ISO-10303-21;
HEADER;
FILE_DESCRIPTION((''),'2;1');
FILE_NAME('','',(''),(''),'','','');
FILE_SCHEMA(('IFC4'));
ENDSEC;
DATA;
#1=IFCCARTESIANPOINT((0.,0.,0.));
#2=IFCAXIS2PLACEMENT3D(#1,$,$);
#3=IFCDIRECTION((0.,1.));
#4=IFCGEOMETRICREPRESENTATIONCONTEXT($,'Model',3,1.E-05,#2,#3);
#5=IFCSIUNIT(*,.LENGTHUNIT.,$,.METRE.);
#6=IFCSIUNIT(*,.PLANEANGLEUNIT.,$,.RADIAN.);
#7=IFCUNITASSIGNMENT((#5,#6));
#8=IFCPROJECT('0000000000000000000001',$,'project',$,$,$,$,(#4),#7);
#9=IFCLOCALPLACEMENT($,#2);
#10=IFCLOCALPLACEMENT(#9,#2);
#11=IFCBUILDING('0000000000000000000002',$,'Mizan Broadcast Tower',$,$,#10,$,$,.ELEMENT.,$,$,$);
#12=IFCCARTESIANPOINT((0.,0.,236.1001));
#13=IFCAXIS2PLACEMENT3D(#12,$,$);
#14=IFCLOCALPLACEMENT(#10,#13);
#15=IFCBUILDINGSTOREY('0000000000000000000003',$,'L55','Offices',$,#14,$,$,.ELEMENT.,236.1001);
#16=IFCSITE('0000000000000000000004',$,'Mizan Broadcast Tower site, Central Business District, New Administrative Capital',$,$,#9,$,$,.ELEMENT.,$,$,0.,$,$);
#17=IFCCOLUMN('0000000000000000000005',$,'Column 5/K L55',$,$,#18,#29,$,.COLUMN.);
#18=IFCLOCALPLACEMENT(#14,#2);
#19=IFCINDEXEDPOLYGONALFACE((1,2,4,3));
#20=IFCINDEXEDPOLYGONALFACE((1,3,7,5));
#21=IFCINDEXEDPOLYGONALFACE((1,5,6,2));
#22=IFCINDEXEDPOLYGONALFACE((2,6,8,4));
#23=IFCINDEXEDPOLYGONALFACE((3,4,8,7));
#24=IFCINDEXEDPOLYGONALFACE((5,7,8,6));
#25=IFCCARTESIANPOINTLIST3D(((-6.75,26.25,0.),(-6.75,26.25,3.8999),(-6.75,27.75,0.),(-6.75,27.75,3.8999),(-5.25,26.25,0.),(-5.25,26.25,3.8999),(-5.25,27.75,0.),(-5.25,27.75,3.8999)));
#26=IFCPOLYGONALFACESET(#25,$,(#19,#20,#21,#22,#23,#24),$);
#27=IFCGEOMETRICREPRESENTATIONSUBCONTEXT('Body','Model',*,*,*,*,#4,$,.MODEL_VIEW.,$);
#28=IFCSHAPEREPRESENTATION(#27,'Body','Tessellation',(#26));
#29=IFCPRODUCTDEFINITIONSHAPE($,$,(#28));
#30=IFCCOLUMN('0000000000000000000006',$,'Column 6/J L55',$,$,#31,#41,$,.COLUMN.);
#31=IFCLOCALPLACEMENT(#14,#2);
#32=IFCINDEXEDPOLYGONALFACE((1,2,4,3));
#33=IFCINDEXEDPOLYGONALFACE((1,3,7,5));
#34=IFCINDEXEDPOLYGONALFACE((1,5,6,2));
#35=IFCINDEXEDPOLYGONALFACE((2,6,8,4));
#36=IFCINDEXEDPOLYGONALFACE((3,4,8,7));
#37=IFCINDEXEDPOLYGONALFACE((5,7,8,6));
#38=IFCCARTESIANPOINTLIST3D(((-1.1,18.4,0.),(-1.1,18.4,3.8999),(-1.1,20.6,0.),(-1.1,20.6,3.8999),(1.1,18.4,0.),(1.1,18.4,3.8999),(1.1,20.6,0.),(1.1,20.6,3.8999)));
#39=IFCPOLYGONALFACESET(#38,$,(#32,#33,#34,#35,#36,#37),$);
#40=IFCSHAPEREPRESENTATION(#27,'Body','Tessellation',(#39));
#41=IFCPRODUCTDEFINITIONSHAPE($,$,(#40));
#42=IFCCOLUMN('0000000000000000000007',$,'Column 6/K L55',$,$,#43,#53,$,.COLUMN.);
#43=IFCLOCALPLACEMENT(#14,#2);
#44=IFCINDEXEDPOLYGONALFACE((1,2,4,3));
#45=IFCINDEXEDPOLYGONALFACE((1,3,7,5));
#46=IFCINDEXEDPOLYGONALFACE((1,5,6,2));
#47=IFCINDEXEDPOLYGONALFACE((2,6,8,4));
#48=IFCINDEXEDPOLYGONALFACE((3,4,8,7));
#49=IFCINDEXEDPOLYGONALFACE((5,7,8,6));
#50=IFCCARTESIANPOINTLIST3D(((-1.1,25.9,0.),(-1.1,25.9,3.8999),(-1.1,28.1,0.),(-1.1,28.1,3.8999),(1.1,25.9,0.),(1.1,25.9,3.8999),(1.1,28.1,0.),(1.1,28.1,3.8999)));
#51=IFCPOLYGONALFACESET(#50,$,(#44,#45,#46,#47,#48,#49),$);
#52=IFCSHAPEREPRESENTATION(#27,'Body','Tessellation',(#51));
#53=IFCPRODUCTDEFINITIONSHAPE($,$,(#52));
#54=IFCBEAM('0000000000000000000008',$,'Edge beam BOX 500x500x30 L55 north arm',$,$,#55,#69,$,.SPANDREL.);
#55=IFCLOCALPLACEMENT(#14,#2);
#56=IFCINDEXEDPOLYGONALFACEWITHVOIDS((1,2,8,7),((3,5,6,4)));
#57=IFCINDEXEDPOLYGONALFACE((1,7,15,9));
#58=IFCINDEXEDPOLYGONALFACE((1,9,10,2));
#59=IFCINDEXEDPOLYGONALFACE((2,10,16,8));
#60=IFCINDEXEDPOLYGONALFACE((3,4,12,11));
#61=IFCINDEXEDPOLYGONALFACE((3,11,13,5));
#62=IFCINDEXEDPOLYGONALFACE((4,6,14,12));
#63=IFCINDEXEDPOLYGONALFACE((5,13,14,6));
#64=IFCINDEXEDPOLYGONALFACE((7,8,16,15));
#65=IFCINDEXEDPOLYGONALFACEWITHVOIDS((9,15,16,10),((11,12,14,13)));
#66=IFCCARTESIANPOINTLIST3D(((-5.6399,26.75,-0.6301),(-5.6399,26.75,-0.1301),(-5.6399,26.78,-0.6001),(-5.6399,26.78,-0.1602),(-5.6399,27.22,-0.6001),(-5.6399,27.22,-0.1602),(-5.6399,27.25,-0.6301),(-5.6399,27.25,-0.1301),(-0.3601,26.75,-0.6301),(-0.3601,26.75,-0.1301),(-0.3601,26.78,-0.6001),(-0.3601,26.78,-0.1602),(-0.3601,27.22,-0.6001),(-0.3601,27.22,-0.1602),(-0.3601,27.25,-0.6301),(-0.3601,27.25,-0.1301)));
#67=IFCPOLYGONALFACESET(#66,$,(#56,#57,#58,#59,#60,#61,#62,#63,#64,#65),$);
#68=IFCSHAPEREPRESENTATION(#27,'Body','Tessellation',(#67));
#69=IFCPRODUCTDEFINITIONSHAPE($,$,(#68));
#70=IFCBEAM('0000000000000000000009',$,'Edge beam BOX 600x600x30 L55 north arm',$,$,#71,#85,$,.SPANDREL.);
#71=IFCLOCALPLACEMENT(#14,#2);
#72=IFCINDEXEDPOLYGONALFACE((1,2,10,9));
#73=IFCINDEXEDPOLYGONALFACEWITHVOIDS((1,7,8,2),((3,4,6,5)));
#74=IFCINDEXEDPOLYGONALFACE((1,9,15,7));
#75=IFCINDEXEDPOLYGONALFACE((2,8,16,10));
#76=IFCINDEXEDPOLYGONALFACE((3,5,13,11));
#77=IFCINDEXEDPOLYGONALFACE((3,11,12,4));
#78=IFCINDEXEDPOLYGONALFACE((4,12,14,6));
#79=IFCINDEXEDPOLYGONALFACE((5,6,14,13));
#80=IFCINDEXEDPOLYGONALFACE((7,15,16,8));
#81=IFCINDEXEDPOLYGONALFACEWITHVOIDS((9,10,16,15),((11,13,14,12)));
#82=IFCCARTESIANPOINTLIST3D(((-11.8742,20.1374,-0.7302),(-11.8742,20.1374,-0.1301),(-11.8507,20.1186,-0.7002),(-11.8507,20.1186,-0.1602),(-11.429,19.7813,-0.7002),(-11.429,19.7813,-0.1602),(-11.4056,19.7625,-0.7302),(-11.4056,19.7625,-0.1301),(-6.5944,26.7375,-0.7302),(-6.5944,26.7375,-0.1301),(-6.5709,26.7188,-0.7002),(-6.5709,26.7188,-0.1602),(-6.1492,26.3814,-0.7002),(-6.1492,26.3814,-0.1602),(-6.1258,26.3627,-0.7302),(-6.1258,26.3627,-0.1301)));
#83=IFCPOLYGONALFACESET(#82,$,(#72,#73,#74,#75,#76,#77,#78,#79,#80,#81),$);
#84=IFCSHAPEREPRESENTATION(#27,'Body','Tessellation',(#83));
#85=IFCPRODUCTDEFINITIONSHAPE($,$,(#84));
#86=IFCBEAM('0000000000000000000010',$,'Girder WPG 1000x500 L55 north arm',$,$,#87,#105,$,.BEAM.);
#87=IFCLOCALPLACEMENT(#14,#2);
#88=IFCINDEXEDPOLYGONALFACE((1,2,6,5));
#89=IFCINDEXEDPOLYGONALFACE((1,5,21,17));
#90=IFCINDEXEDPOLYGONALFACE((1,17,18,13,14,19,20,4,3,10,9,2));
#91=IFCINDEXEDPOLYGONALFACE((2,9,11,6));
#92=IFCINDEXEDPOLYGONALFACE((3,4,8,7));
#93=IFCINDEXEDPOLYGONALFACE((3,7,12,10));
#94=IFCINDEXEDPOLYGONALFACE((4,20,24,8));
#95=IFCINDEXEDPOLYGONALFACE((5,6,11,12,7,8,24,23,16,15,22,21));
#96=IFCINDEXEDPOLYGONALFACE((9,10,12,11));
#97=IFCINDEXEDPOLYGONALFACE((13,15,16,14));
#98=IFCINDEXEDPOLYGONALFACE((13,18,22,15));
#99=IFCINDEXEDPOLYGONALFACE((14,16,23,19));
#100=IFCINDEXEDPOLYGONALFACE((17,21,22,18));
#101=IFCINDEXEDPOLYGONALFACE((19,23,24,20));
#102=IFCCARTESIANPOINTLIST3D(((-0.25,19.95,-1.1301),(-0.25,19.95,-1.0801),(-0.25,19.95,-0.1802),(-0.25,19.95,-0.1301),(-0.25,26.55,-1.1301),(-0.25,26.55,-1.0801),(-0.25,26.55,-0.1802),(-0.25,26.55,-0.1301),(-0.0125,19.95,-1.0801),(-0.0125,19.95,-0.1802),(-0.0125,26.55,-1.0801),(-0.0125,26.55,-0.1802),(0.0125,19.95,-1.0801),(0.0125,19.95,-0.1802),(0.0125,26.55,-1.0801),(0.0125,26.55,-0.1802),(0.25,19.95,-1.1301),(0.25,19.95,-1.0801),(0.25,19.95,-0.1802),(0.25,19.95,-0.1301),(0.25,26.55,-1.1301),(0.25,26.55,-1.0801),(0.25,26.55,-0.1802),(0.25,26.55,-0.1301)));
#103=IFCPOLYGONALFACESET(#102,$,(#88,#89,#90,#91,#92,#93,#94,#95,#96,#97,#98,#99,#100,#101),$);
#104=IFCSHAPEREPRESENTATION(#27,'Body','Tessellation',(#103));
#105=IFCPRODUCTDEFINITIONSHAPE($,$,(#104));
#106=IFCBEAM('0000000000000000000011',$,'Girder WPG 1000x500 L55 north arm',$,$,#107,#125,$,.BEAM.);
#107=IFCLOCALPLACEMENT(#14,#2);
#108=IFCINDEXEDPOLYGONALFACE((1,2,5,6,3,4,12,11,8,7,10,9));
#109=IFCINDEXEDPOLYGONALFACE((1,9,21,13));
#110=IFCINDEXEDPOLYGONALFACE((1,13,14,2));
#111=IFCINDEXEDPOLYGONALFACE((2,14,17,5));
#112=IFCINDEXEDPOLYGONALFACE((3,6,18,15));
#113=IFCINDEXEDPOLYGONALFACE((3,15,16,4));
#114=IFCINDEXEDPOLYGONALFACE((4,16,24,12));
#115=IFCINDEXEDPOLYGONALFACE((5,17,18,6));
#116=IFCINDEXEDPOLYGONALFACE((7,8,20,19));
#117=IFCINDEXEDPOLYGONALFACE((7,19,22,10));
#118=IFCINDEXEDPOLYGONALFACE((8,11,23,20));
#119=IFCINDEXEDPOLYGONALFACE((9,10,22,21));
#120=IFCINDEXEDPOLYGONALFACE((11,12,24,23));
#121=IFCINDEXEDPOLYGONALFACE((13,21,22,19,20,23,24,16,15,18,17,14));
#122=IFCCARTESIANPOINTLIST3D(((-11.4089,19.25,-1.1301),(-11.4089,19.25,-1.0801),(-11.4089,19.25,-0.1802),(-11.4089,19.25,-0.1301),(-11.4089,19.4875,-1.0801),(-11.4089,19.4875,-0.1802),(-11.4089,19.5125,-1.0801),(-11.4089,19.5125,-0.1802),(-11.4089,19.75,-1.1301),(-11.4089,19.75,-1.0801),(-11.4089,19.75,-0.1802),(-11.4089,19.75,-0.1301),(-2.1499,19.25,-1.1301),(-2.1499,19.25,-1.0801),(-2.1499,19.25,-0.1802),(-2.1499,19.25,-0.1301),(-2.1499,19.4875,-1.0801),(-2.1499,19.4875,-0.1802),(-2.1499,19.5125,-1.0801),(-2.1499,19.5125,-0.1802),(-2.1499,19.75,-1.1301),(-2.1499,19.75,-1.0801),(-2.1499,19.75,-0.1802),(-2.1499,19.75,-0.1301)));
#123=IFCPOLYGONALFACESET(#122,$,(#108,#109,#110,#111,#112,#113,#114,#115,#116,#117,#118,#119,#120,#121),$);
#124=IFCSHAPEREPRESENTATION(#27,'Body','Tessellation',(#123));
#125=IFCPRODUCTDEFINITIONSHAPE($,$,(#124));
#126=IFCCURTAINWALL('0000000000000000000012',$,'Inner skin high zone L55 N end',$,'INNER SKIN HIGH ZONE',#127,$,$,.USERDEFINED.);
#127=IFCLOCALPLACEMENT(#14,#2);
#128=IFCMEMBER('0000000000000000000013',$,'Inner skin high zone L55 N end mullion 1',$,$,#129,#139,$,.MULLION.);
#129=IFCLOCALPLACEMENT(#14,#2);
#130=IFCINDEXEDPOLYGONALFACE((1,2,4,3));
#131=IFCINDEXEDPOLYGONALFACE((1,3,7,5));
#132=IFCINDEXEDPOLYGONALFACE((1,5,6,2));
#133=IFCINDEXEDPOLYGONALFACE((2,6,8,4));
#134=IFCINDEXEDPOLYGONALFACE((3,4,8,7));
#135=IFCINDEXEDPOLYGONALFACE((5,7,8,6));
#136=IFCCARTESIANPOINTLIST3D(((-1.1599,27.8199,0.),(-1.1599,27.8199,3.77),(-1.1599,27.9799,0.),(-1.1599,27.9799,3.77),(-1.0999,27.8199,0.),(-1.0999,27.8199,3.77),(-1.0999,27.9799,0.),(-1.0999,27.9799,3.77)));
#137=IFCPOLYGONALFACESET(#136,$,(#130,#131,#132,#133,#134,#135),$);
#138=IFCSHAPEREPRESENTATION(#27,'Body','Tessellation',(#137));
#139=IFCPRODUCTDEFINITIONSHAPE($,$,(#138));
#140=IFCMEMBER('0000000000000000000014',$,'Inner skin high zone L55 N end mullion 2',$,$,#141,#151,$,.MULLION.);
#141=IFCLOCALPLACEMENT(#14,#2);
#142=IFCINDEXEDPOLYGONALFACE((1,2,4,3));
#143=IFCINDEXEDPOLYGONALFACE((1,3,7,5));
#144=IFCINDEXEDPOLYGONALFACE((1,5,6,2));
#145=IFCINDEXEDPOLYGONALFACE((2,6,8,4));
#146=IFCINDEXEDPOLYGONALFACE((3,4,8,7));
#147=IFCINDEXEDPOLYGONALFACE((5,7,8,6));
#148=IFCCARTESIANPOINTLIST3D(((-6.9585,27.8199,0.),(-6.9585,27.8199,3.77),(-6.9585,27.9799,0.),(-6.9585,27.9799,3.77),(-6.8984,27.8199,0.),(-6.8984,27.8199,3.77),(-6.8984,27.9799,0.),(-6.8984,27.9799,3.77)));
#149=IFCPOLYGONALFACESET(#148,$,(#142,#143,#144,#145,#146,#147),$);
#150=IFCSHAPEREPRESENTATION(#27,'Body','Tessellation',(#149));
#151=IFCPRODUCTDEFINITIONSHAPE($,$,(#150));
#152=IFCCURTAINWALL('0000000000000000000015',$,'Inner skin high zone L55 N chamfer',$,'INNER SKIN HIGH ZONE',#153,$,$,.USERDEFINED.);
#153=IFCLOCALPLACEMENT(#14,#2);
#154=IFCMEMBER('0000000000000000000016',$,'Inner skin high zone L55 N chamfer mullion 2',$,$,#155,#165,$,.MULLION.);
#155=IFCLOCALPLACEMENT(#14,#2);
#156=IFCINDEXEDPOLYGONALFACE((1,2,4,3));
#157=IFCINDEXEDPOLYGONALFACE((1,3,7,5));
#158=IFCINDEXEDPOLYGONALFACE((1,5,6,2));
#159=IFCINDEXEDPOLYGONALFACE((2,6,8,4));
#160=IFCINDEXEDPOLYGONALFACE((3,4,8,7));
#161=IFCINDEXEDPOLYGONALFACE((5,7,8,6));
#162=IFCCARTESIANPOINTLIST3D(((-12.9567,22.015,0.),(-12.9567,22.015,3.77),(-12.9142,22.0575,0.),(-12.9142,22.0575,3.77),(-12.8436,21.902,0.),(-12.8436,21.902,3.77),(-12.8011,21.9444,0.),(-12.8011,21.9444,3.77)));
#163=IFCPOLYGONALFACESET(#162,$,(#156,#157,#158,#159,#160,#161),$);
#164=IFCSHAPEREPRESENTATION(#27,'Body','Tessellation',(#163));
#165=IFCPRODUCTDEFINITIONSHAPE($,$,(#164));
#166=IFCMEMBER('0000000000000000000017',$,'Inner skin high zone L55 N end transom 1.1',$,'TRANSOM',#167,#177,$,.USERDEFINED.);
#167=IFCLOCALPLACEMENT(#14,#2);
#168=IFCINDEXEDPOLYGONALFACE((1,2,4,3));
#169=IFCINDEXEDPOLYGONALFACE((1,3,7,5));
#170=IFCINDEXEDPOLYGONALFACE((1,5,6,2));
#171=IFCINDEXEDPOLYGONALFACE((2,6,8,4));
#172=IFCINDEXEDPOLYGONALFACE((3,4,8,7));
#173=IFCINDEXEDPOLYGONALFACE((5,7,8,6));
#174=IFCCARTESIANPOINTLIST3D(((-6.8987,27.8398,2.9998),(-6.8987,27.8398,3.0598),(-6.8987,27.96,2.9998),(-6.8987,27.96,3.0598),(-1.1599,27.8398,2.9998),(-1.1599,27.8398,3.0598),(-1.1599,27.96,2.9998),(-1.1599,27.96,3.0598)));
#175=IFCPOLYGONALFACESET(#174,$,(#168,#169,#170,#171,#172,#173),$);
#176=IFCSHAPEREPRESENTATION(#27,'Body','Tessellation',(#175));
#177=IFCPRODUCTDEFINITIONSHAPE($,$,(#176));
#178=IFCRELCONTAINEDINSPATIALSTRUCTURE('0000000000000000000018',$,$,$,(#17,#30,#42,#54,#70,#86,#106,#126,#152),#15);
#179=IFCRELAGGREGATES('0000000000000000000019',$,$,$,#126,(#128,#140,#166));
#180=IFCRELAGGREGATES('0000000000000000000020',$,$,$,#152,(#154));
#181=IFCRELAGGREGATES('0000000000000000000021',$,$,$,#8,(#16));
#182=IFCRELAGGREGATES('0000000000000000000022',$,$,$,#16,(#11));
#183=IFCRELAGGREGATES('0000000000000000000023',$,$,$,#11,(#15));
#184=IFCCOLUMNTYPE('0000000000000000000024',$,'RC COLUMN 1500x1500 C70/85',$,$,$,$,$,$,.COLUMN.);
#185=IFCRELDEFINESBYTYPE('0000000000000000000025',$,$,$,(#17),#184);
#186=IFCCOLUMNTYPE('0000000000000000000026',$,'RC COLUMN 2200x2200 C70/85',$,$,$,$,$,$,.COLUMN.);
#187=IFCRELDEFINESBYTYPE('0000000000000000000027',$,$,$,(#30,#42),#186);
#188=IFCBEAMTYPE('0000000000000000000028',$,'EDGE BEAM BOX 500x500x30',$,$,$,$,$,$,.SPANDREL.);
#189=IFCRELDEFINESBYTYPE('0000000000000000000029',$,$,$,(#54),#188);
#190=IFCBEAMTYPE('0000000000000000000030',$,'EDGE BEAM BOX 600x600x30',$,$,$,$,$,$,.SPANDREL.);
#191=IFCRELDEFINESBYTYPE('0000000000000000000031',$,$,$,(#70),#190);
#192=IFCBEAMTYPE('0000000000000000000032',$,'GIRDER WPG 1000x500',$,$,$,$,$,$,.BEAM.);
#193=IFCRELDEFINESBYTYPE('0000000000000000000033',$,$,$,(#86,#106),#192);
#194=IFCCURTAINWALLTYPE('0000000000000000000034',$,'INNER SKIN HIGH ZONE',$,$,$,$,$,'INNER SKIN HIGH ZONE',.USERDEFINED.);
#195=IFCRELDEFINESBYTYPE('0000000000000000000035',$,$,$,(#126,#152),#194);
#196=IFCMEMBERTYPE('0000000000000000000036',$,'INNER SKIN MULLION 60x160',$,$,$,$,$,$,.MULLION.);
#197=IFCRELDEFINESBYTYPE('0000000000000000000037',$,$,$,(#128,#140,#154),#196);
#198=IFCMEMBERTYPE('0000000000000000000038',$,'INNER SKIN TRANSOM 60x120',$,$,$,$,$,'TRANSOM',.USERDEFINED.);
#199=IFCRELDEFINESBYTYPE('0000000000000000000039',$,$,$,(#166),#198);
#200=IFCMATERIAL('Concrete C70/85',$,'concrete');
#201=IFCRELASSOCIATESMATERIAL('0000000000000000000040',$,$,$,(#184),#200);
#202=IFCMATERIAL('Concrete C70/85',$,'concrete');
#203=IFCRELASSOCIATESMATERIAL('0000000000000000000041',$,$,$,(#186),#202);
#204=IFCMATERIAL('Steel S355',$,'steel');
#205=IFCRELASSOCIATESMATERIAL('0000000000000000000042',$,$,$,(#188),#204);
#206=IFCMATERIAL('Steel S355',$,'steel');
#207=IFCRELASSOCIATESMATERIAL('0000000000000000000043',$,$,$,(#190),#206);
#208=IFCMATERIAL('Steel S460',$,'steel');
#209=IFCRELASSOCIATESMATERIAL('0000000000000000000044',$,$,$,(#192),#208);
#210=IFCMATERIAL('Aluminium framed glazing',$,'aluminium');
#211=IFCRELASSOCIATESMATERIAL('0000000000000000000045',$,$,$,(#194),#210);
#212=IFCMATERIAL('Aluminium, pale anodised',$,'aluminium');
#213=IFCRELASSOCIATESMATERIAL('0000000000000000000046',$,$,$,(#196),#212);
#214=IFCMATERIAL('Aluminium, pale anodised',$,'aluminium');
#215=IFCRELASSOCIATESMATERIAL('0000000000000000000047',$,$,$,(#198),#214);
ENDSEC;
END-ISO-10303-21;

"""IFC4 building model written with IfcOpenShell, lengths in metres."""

from ifc_helpers import new_model, si_unit, direction, frame, origin, origin_2d, place, context, subcontext, project, spatial, rectangle, hollow_rectangle, i_section, extrude, material, material_profile, profile_set, type_object, element, aggregate, save


model = new_model("IFC4")

# Units and contexts
model_context = context("Model", 3, precision=1e-05, world=origin(), true_north=direction((0.0, 1.0)))
body_context = subcontext(model_context, "Body", "Model", "MODEL_VIEW")
ifc_project = project(units=[si_unit("LENGTHUNIT", "METRE"), si_unit("PLANEANGLEUNIT", "RADIAN")], contexts=[model_context])

# Site, building, storey
site_placement = place(None, origin())
site = spatial("IfcSite", under=ifc_project, at=site_placement, Name="Mizan Broadcast Tower site, Central Business District, New Administrative Capital", CompositionType="ELEMENT", RefElevation=0.0)
building_placement = place(site_placement, origin())
building = spatial("IfcBuilding", under=site, at=building_placement, Name="Mizan Broadcast Tower", CompositionType="ELEMENT")
storey_placement = place(building_placement, frame((0.0, 0.0, 236.1001)))
storey = spatial("IfcBuildingStorey", under=building, at=storey_placement, Name="L55", Description="Offices", CompositionType="ELEMENT", Elevation=236.1001)

# Columns
ifc_material_1 = material(Name="Concrete C70/85", Category="concrete")
ifc_material_profile_1 = material_profile(ifc_material_1, rectangle(XDim=1.5, YDim=1.5, at=origin_2d()), Name="RC 1500x1500")
ifc_profile_set_1 = profile_set([ifc_material_profile_1], Name="Concrete C70/85")
column_type_1 = type_object("IfcColumnType", Name="RC COLUMN 1500x1500 C70/85", PredefinedType="COLUMN", material=ifc_profile_set_1)
column_placement = place(storey_placement, frame((-6.0, 27.0, 0.0), z_axis=(0.0, 0.0, 1.0), x_axis=(1.0, 0.0, 0.0)))
element("IfcColumn", 1, at=column_placement, inside=storey, type_object=column_type_1, Name="Column 5/K L55", PredefinedType="COLUMN", context=body_context, shape_type="SweptSolid", body=[
    extrude(rectangle(XDim=1.5, YDim=1.5, at=origin_2d()), origin(), (0.0, 0.0, 1.0), 3.8999),
])
ifc_material_2 = material(Name="Concrete C70/85", Category="concrete")
ifc_material_profile_2 = material_profile(ifc_material_2, rectangle(XDim=2.2, YDim=2.2, at=origin_2d()), Name="RC 2200x2200")
ifc_profile_set_2 = profile_set([ifc_material_profile_2], Name="Concrete C70/85")
column_type_2 = type_object("IfcColumnType", Name="RC COLUMN 2200x2200 C70/85", PredefinedType="COLUMN", material=ifc_profile_set_2)
for number, where, z_axis, x_axis, name in (
    (2, (0.0, 19.5, 0.0), (0.0, 0.0, 1.0), (1.0, 0.0, 0.0), "Column 6/J L55"),
    (3, (0.0, 27.0, 0.0), (0.0, 0.0, 1.0), (1.0, 0.0, 0.0), "Column 6/K L55"),
):
    element("IfcColumn", number, at=place(storey_placement, frame(where, z_axis=z_axis, x_axis=x_axis)), inside=storey, type_object=column_type_2, Name=name, PredefinedType="COLUMN", context=body_context, shape_type="SweptSolid", body=[
        extrude(rectangle(XDim=2.2, YDim=2.2, at=origin_2d()), origin(), (0.0, 0.0, 1.0), 3.8999),
    ])

# Beams
ifc_material_3 = material(Name="Steel S355", Category="steel")
ifc_material_profile_3 = material_profile(ifc_material_3, hollow_rectangle(XDim=0.5, YDim=0.5, WallThickness=0.03, at=origin_2d()), Name="BOX 500x500x30")
ifc_profile_set_3 = profile_set([ifc_material_profile_3], Name="Steel S355")
beam_type_1 = type_object("IfcBeamType", Name="EDGE BEAM BOX 500x500x30", PredefinedType="SPANDREL", material=ifc_profile_set_3)
beam_1_placement = place(storey_placement, frame((-5.6399, 27.0, -0.3801), z_axis=(1.0, 0.0, 0.0), x_axis=(0.0, 1.0, 0.0)))
element("IfcBeam", 4, at=beam_1_placement, inside=storey, type_object=beam_type_1, Name="Edge beam BOX 500x500x30 L55 north arm", PredefinedType="SPANDREL", context=body_context, shape_type="SweptSolid", body=[
    extrude(hollow_rectangle(XDim=0.5, YDim=0.5, WallThickness=0.03, at=origin_2d()), origin(), (0.0, 0.0, 1.0), 5.2798),
])
ifc_material_4 = material(Name="Steel S355", Category="steel")
ifc_material_profile_4 = material_profile(ifc_material_4, hollow_rectangle(XDim=0.6001, YDim=0.6001, WallThickness=0.03, at=origin_2d()), Name="BOX 600x600x30")
ifc_profile_set_4 = profile_set([ifc_material_profile_4], Name="Steel S355")
beam_type_2 = type_object("IfcBeamType", Name="EDGE BEAM BOX 600x600x30", PredefinedType="SPANDREL", material=ifc_profile_set_4)
beam_2_placement = place(storey_placement, frame((-11.6399, 19.95, -0.4302), z_axis=(0.624674, 0.780886, 0.0), x_axis=(-0.780886, 0.624674, 0.0)))
element("IfcBeam", 5, at=beam_2_placement, inside=storey, type_object=beam_type_2, Name="Edge beam BOX 600x600x30 L55 north arm", PredefinedType="SPANDREL", context=body_context, shape_type="SweptSolid", body=[
    extrude(hollow_rectangle(XDim=0.6001, YDim=0.6001, WallThickness=0.03, at=origin_2d()), origin(), (0.0, 0.0, 1.0), 8.4521),
])
ifc_material_5 = material(Name="Steel S460", Category="steel")
ifc_material_profile_5 = material_profile(ifc_material_5, i_section(OverallWidth=0.5, OverallDepth=1.0, WebThickness=0.0249, FlangeThickness=0.05, at=origin_2d()), Name="WPG 1000x500")
ifc_profile_set_5 = profile_set([ifc_material_profile_5], Name="Steel S460")
beam_type_3 = type_object("IfcBeamType", Name="GIRDER WPG 1000x500", PredefinedType="BEAM", material=ifc_profile_set_5)
beam_3_placement = place(storey_placement, frame((0.0, 19.95, -0.6301), z_axis=(0.0, 1.0, 0.0), x_axis=(-1.0, 0.0, 0.0)))
element("IfcBeam", 6, at=beam_3_placement, inside=storey, type_object=beam_type_3, Name="Girder WPG 1000x500 L55 north arm", PredefinedType="BEAM", context=body_context, shape_type="SweptSolid", body=[
    extrude(i_section(OverallWidth=0.5, OverallDepth=1.0, WebThickness=0.0249, FlangeThickness=0.05, at=origin_2d()), origin(), (0.0, 0.0, 1.0), 6.6001),
])
beam_4_placement = place(storey_placement, frame((-11.4089, 19.5, -0.6301), z_axis=(1.0, 0.0, 0.0), x_axis=(0.0, 1.0, 0.0)))
element("IfcBeam", 7, at=beam_4_placement, inside=storey, type_object=beam_type_3, Name="Girder WPG 1000x500 L55 north arm", PredefinedType="BEAM", context=body_context, shape_type="SweptSolid", body=[
    extrude(i_section(OverallWidth=0.5, OverallDepth=1.0, WebThickness=0.0249, FlangeThickness=0.05, at=origin_2d()), origin(), (0.0, 0.0, 1.0), 9.259),
])

# Curtain wall, members
ifc_material_6 = material(Name="Aluminium framed glazing", Category="aluminium")
curtain_wall_type_1 = type_object("IfcCurtainWallType", Name="INNER SKIN HIGH ZONE", ElementType="INNER SKIN HIGH ZONE", PredefinedType="USERDEFINED", material=ifc_material_6)
curtain_wall_1_placement = place(storey_placement, origin())
curtain_wall_1 = element("IfcCurtainWall", 8, at=curtain_wall_1_placement, inside=storey, type_object=curtain_wall_type_1, Name="Inner skin high zone L55 N end", ObjectType="INNER SKIN HIGH ZONE", PredefinedType="USERDEFINED")
ifc_material_7 = material(Name="Aluminium, pale anodised", Category="aluminium")
ifc_material_profile_6 = material_profile(ifc_material_7, rectangle(XDim=0.1599, YDim=0.0601, at=origin_2d()), Name="MULLION 160x60")
ifc_profile_set_6 = profile_set([ifc_material_profile_6], Name="Aluminium, pale anodised")
member_type_1 = type_object("IfcMemberType", Name="INNER SKIN MULLION 60x160", PredefinedType="MULLION", material=ifc_profile_set_6)
member_1_placement = place(storey_placement, frame((-1.1299, 27.8999, 0.0), z_axis=(0.0, 0.0, 1.0), x_axis=(0.0, -1.0, 0.0)))
member_1 = element("IfcMember", 9, at=member_1_placement, type_object=member_type_1, Name="Inner skin high zone L55 N end mullion 1", PredefinedType="MULLION", context=body_context, shape_type="SweptSolid", body=[
    extrude(rectangle(XDim=0.1599, YDim=0.0601, at=origin_2d()), origin(), (0.0, 0.0, 1.0), 3.77),
])
member_2_placement = place(storey_placement, frame((-6.9285, 27.8999, 0.0), z_axis=(0.0, 0.0, 1.0), x_axis=(0.0, -1.0, 0.0)))
member_2 = element("IfcMember", 10, at=member_2_placement, type_object=member_type_1, Name="Inner skin high zone L55 N end mullion 2", PredefinedType="MULLION", context=body_context, shape_type="SweptSolid", body=[
    extrude(rectangle(XDim=0.1599, YDim=0.0601, at=origin_2d()), origin(), (0.0, 0.0, 1.0), 3.77),
])

# Curtain wall, member
curtain_wall_2_placement = place(storey_placement, origin())
curtain_wall_2 = element("IfcCurtainWall", 11, at=curtain_wall_2_placement, inside=storey, type_object=curtain_wall_type_1, Name="Inner skin high zone L55 N chamfer", ObjectType="INNER SKIN HIGH ZONE", PredefinedType="USERDEFINED")
member_3_placement = place(storey_placement, frame((-12.8789, 21.9797, 0.0), z_axis=(0.0, 0.0, 1.0), x_axis=(0.707107, -0.707107, 0.0)))
member_3 = element("IfcMember", 12, at=member_3_placement, type_object=member_type_1, Name="Inner skin high zone L55 N chamfer mullion 2", PredefinedType="MULLION", context=body_context, shape_type="SweptSolid", body=[
    extrude(rectangle(XDim=0.1599, YDim=0.0601, at=origin_2d()), origin(), (0.0, 0.0, 1.0), 3.77),
])

# Member
ifc_material_8 = material(Name="Aluminium, pale anodised", Category="aluminium")
ifc_material_profile_7 = material_profile(ifc_material_8, rectangle(XDim=0.1201, YDim=0.0601, at=origin_2d()), Name="TRANSOM 120x60")
ifc_profile_set_7 = profile_set([ifc_material_profile_7], Name="Aluminium, pale anodised")
member_type_2 = type_object("IfcMemberType", Name="INNER SKIN TRANSOM 60x120", ElementType="TRANSOM", PredefinedType="USERDEFINED", material=ifc_profile_set_7)
member_4_placement = place(storey_placement, frame((-1.1599, 27.8999, 3.0298), z_axis=(-1.0, 0.0, 0.0), x_axis=(0.0, -1.0, 0.0)))
member_4 = element("IfcMember", 13, at=member_4_placement, type_object=member_type_2, Name="Inner skin high zone L55 N end transom 1.1", ObjectType="TRANSOM", PredefinedType="USERDEFINED", context=body_context, shape_type="SweptSolid", body=[
    extrude(rectangle(XDim=0.1201, YDim=0.0601, at=origin_2d()), origin(), (0.0, 0.0, 1.0), 5.7388),
])

aggregate(curtain_wall_1, [member_1, member_2, member_4])
aggregate(curtain_wall_2, [member_3])

save(model, "model.ifc")
